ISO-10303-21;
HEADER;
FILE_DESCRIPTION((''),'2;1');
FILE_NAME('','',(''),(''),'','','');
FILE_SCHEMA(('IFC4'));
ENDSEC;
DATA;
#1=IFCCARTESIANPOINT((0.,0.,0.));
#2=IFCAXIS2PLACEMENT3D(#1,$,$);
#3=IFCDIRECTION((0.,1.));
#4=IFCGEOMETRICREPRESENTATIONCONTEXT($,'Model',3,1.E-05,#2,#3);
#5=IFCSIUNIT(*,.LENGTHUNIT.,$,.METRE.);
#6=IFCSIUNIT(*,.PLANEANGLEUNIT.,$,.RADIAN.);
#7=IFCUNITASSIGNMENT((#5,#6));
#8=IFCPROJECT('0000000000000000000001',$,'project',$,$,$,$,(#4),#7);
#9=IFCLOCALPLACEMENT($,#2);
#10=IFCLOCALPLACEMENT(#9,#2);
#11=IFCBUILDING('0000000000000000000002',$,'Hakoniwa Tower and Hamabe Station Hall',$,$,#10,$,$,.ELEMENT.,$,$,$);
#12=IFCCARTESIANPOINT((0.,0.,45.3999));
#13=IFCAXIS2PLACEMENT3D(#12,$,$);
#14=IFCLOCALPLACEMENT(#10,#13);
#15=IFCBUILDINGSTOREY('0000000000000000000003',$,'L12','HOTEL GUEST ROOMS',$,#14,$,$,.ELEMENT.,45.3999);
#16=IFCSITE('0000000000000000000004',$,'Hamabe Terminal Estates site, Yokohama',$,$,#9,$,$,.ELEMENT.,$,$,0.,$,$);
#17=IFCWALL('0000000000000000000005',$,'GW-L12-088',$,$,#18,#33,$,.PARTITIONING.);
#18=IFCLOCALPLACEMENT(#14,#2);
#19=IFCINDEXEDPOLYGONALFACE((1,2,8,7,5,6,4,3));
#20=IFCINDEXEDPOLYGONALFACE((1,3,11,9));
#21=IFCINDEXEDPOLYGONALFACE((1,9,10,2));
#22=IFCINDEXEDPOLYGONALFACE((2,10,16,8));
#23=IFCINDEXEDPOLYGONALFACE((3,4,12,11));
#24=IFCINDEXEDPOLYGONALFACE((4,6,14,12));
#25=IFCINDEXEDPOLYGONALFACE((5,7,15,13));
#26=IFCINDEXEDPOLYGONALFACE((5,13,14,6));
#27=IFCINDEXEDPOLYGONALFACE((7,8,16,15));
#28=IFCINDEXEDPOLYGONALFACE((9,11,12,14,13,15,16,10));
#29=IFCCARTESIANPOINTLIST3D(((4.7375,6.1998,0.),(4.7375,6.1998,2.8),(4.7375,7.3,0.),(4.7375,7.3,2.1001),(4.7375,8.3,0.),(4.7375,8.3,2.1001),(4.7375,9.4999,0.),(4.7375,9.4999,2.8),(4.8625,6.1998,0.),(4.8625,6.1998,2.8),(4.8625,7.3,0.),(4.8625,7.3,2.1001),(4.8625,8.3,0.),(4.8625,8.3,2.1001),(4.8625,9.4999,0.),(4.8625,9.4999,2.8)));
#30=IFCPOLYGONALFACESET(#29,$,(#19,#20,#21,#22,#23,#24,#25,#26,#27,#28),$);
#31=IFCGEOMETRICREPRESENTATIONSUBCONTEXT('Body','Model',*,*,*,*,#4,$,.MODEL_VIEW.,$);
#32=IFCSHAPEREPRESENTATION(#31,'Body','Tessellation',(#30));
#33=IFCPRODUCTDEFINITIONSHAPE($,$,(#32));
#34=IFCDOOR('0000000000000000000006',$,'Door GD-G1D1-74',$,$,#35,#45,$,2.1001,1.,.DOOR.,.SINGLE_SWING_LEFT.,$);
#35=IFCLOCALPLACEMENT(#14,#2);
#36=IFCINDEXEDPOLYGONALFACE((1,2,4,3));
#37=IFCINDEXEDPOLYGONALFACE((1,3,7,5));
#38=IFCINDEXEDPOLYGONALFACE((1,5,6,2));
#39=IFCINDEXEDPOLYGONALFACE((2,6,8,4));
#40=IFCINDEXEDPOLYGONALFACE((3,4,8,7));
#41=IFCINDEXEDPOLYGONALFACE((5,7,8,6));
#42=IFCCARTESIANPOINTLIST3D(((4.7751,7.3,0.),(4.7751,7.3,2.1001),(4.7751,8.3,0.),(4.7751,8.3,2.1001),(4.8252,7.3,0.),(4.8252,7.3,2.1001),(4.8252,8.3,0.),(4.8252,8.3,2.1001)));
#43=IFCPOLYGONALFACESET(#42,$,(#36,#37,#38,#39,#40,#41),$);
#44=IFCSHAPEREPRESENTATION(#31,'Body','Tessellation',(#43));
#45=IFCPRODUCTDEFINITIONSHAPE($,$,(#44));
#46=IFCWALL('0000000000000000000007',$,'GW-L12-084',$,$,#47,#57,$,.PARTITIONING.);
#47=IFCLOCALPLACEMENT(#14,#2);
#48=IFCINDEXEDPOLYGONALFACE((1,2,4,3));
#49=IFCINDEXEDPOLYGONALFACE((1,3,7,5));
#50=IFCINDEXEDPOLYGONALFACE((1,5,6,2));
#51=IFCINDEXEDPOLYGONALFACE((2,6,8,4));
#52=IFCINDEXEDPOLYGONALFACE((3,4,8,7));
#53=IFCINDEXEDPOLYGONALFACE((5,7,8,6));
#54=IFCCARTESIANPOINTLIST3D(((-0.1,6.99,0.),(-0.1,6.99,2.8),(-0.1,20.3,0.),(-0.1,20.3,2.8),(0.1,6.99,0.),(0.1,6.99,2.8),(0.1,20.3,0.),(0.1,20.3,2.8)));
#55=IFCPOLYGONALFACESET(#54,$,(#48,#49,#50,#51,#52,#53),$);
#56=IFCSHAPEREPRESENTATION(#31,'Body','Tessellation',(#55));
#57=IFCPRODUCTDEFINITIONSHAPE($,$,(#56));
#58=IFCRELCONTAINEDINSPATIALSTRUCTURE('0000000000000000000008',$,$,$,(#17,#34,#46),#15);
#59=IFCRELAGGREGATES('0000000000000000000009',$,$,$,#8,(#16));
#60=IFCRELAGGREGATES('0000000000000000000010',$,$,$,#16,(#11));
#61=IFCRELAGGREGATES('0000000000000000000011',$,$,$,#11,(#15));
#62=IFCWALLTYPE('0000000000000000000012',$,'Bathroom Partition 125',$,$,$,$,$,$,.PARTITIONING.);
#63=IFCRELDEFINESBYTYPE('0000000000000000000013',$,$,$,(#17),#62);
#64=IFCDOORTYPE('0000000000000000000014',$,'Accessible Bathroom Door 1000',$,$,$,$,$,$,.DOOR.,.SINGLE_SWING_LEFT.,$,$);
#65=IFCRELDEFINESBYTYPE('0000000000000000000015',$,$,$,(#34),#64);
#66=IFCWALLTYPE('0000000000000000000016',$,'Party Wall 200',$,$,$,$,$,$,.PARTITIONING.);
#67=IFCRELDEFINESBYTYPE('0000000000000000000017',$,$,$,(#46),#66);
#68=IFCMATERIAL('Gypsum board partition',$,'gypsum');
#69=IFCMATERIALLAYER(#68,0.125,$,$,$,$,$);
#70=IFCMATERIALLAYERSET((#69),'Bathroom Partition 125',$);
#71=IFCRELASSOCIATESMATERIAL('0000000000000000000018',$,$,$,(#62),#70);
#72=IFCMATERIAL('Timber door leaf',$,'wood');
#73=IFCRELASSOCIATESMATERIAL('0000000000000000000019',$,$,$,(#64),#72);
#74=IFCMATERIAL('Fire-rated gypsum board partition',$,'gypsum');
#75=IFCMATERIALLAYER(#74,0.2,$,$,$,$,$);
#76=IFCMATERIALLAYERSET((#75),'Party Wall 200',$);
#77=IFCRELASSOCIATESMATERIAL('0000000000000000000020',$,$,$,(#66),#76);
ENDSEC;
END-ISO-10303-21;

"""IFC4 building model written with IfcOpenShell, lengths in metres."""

from ifc_helpers import new_model, si_unit, direction, frame, frame_2d, origin, place, context, subcontext, project, spatial, rectangle, extrude, material, layer, layer_set, type_object, element, fill, save


model = new_model("IFC4")

# Units and contexts
model_context = context("Model", 3, precision=1e-05, world=origin(), true_north=direction((0.0, 1.0)))
body_context = subcontext(model_context, "Body", "Model", "MODEL_VIEW")
ifc_project = project(units=[si_unit("LENGTHUNIT", "METRE"), si_unit("PLANEANGLEUNIT", "RADIAN")], contexts=[model_context])

# Site, building, storey
site_placement = place(None, origin())
site = spatial("IfcSite", under=ifc_project, at=site_placement, Name="Hamabe Terminal Estates site, Yokohama", CompositionType="ELEMENT", RefElevation=0.0)
building_placement = place(site_placement, origin())
building = spatial("IfcBuilding", under=site, at=building_placement, Name="Hakoniwa Tower and Hamabe Station Hall", CompositionType="ELEMENT")
storey_placement = place(building_placement, frame((0.0, 0.0, 45.3999)))
storey = spatial("IfcBuildingStorey", under=building, at=storey_placement, Name="L12", Description="HOTEL GUEST ROOMS", CompositionType="ELEMENT", Elevation=45.3999)

# Wall, opening, door
ifc_material_1 = material(Name="Gypsum board partition", Category="gypsum")
ifc_layer_1 = layer(ifc_material_1, 0.125)
ifc_layer_set_1 = layer_set([ifc_layer_1], Name="Bathroom Partition 125")
wall_type_1 = type_object("IfcWallType", Name="Bathroom Partition 125", PredefinedType="PARTITIONING", material=ifc_layer_set_1)
wall_1_placement = place(storey_placement, frame((4.8, 6.2, 0.0), z_axis=(0.0, 0.0, 1.0), x_axis=(0.0, 1.0, 0.0)))
wall_1 = element("IfcWall", 1, at=wall_1_placement, inside=storey, type_object=wall_type_1, Name="GW-L12-088", PredefinedType="PARTITIONING", context=body_context, shape_type="SweptSolid", body=[
    extrude(rectangle(XDim=3.3, YDim=0.125, at=frame_2d((1.6499, 0.0))), origin(), (0.0, 0.0, 1.0), 2.8),
])
opening_1_placement = place(wall_1_placement, frame((1.1001, 0.0, 0.0)))
opening_1 = element("IfcOpeningElement", 2, at=opening_1_placement, cuts=wall_1, PredefinedType="OPENING", context=body_context, shape_type="SweptSolid", body=[
    extrude(rectangle(XDim=1.0, YDim=2.1001, at=frame_2d((0.5, 1.05))), frame((0.0, 0.0725, 0.0), z_axis=(0.0, -1.0, 0.0), x_axis=(1.0, 0.0, 0.0)), (0.0, 0.0, 1.0), 0.145),
])
ifc_material_2 = material(Name="Timber door leaf", Category="wood")
door_type_1 = type_object("IfcDoorType", Name="Accessible Bathroom Door 1000", OperationType="SINGLE_SWING_LEFT", PredefinedType="DOOR", material=ifc_material_2)
door_1_placement = place(opening_1_placement, origin())
door_1 = element("IfcDoor", 3, at=door_1_placement, inside=storey, type_object=door_type_1, Name="Door GD-G1D1-74", OperationType="SINGLE_SWING_LEFT", OverallHeight=2.1001, OverallWidth=1.0, PredefinedType="DOOR", context=body_context, shape_type="SweptSolid", body=[
    extrude(rectangle(XDim=1.0, YDim=2.1001, at=frame_2d((0.5, 1.05))), frame((0.0, 0.0249, 0.0), z_axis=(0.0, -1.0, 0.0), x_axis=(1.0, 0.0, 0.0)), (0.0, 0.0, 1.0), 0.05),
])
fill(opening_1, door_1)

# Wall
ifc_material_3 = material(Name="Fire-rated gypsum board partition", Category="gypsum")
ifc_layer_2 = layer(ifc_material_3, 0.2)
ifc_layer_set_2 = layer_set([ifc_layer_2], Name="Party Wall 200")
wall_type_2 = type_object("IfcWallType", Name="Party Wall 200", PredefinedType="PARTITIONING", material=ifc_layer_set_2)
wall_2_placement = place(storey_placement, frame((0.0, 6.99, 0.0), z_axis=(0.0, 0.0, 1.0), x_axis=(0.0, 1.0, 0.0)))
element("IfcWall", 4, at=wall_2_placement, inside=storey, type_object=wall_type_2, Name="GW-L12-084", PredefinedType="PARTITIONING", context=body_context, shape_type="SweptSolid", body=[
    extrude(rectangle(XDim=13.3101, YDim=0.2, at=frame_2d((6.655, 0.0))), origin(), (0.0, 0.0, 1.0), 2.8),
])

save(model, "model.ifc")
